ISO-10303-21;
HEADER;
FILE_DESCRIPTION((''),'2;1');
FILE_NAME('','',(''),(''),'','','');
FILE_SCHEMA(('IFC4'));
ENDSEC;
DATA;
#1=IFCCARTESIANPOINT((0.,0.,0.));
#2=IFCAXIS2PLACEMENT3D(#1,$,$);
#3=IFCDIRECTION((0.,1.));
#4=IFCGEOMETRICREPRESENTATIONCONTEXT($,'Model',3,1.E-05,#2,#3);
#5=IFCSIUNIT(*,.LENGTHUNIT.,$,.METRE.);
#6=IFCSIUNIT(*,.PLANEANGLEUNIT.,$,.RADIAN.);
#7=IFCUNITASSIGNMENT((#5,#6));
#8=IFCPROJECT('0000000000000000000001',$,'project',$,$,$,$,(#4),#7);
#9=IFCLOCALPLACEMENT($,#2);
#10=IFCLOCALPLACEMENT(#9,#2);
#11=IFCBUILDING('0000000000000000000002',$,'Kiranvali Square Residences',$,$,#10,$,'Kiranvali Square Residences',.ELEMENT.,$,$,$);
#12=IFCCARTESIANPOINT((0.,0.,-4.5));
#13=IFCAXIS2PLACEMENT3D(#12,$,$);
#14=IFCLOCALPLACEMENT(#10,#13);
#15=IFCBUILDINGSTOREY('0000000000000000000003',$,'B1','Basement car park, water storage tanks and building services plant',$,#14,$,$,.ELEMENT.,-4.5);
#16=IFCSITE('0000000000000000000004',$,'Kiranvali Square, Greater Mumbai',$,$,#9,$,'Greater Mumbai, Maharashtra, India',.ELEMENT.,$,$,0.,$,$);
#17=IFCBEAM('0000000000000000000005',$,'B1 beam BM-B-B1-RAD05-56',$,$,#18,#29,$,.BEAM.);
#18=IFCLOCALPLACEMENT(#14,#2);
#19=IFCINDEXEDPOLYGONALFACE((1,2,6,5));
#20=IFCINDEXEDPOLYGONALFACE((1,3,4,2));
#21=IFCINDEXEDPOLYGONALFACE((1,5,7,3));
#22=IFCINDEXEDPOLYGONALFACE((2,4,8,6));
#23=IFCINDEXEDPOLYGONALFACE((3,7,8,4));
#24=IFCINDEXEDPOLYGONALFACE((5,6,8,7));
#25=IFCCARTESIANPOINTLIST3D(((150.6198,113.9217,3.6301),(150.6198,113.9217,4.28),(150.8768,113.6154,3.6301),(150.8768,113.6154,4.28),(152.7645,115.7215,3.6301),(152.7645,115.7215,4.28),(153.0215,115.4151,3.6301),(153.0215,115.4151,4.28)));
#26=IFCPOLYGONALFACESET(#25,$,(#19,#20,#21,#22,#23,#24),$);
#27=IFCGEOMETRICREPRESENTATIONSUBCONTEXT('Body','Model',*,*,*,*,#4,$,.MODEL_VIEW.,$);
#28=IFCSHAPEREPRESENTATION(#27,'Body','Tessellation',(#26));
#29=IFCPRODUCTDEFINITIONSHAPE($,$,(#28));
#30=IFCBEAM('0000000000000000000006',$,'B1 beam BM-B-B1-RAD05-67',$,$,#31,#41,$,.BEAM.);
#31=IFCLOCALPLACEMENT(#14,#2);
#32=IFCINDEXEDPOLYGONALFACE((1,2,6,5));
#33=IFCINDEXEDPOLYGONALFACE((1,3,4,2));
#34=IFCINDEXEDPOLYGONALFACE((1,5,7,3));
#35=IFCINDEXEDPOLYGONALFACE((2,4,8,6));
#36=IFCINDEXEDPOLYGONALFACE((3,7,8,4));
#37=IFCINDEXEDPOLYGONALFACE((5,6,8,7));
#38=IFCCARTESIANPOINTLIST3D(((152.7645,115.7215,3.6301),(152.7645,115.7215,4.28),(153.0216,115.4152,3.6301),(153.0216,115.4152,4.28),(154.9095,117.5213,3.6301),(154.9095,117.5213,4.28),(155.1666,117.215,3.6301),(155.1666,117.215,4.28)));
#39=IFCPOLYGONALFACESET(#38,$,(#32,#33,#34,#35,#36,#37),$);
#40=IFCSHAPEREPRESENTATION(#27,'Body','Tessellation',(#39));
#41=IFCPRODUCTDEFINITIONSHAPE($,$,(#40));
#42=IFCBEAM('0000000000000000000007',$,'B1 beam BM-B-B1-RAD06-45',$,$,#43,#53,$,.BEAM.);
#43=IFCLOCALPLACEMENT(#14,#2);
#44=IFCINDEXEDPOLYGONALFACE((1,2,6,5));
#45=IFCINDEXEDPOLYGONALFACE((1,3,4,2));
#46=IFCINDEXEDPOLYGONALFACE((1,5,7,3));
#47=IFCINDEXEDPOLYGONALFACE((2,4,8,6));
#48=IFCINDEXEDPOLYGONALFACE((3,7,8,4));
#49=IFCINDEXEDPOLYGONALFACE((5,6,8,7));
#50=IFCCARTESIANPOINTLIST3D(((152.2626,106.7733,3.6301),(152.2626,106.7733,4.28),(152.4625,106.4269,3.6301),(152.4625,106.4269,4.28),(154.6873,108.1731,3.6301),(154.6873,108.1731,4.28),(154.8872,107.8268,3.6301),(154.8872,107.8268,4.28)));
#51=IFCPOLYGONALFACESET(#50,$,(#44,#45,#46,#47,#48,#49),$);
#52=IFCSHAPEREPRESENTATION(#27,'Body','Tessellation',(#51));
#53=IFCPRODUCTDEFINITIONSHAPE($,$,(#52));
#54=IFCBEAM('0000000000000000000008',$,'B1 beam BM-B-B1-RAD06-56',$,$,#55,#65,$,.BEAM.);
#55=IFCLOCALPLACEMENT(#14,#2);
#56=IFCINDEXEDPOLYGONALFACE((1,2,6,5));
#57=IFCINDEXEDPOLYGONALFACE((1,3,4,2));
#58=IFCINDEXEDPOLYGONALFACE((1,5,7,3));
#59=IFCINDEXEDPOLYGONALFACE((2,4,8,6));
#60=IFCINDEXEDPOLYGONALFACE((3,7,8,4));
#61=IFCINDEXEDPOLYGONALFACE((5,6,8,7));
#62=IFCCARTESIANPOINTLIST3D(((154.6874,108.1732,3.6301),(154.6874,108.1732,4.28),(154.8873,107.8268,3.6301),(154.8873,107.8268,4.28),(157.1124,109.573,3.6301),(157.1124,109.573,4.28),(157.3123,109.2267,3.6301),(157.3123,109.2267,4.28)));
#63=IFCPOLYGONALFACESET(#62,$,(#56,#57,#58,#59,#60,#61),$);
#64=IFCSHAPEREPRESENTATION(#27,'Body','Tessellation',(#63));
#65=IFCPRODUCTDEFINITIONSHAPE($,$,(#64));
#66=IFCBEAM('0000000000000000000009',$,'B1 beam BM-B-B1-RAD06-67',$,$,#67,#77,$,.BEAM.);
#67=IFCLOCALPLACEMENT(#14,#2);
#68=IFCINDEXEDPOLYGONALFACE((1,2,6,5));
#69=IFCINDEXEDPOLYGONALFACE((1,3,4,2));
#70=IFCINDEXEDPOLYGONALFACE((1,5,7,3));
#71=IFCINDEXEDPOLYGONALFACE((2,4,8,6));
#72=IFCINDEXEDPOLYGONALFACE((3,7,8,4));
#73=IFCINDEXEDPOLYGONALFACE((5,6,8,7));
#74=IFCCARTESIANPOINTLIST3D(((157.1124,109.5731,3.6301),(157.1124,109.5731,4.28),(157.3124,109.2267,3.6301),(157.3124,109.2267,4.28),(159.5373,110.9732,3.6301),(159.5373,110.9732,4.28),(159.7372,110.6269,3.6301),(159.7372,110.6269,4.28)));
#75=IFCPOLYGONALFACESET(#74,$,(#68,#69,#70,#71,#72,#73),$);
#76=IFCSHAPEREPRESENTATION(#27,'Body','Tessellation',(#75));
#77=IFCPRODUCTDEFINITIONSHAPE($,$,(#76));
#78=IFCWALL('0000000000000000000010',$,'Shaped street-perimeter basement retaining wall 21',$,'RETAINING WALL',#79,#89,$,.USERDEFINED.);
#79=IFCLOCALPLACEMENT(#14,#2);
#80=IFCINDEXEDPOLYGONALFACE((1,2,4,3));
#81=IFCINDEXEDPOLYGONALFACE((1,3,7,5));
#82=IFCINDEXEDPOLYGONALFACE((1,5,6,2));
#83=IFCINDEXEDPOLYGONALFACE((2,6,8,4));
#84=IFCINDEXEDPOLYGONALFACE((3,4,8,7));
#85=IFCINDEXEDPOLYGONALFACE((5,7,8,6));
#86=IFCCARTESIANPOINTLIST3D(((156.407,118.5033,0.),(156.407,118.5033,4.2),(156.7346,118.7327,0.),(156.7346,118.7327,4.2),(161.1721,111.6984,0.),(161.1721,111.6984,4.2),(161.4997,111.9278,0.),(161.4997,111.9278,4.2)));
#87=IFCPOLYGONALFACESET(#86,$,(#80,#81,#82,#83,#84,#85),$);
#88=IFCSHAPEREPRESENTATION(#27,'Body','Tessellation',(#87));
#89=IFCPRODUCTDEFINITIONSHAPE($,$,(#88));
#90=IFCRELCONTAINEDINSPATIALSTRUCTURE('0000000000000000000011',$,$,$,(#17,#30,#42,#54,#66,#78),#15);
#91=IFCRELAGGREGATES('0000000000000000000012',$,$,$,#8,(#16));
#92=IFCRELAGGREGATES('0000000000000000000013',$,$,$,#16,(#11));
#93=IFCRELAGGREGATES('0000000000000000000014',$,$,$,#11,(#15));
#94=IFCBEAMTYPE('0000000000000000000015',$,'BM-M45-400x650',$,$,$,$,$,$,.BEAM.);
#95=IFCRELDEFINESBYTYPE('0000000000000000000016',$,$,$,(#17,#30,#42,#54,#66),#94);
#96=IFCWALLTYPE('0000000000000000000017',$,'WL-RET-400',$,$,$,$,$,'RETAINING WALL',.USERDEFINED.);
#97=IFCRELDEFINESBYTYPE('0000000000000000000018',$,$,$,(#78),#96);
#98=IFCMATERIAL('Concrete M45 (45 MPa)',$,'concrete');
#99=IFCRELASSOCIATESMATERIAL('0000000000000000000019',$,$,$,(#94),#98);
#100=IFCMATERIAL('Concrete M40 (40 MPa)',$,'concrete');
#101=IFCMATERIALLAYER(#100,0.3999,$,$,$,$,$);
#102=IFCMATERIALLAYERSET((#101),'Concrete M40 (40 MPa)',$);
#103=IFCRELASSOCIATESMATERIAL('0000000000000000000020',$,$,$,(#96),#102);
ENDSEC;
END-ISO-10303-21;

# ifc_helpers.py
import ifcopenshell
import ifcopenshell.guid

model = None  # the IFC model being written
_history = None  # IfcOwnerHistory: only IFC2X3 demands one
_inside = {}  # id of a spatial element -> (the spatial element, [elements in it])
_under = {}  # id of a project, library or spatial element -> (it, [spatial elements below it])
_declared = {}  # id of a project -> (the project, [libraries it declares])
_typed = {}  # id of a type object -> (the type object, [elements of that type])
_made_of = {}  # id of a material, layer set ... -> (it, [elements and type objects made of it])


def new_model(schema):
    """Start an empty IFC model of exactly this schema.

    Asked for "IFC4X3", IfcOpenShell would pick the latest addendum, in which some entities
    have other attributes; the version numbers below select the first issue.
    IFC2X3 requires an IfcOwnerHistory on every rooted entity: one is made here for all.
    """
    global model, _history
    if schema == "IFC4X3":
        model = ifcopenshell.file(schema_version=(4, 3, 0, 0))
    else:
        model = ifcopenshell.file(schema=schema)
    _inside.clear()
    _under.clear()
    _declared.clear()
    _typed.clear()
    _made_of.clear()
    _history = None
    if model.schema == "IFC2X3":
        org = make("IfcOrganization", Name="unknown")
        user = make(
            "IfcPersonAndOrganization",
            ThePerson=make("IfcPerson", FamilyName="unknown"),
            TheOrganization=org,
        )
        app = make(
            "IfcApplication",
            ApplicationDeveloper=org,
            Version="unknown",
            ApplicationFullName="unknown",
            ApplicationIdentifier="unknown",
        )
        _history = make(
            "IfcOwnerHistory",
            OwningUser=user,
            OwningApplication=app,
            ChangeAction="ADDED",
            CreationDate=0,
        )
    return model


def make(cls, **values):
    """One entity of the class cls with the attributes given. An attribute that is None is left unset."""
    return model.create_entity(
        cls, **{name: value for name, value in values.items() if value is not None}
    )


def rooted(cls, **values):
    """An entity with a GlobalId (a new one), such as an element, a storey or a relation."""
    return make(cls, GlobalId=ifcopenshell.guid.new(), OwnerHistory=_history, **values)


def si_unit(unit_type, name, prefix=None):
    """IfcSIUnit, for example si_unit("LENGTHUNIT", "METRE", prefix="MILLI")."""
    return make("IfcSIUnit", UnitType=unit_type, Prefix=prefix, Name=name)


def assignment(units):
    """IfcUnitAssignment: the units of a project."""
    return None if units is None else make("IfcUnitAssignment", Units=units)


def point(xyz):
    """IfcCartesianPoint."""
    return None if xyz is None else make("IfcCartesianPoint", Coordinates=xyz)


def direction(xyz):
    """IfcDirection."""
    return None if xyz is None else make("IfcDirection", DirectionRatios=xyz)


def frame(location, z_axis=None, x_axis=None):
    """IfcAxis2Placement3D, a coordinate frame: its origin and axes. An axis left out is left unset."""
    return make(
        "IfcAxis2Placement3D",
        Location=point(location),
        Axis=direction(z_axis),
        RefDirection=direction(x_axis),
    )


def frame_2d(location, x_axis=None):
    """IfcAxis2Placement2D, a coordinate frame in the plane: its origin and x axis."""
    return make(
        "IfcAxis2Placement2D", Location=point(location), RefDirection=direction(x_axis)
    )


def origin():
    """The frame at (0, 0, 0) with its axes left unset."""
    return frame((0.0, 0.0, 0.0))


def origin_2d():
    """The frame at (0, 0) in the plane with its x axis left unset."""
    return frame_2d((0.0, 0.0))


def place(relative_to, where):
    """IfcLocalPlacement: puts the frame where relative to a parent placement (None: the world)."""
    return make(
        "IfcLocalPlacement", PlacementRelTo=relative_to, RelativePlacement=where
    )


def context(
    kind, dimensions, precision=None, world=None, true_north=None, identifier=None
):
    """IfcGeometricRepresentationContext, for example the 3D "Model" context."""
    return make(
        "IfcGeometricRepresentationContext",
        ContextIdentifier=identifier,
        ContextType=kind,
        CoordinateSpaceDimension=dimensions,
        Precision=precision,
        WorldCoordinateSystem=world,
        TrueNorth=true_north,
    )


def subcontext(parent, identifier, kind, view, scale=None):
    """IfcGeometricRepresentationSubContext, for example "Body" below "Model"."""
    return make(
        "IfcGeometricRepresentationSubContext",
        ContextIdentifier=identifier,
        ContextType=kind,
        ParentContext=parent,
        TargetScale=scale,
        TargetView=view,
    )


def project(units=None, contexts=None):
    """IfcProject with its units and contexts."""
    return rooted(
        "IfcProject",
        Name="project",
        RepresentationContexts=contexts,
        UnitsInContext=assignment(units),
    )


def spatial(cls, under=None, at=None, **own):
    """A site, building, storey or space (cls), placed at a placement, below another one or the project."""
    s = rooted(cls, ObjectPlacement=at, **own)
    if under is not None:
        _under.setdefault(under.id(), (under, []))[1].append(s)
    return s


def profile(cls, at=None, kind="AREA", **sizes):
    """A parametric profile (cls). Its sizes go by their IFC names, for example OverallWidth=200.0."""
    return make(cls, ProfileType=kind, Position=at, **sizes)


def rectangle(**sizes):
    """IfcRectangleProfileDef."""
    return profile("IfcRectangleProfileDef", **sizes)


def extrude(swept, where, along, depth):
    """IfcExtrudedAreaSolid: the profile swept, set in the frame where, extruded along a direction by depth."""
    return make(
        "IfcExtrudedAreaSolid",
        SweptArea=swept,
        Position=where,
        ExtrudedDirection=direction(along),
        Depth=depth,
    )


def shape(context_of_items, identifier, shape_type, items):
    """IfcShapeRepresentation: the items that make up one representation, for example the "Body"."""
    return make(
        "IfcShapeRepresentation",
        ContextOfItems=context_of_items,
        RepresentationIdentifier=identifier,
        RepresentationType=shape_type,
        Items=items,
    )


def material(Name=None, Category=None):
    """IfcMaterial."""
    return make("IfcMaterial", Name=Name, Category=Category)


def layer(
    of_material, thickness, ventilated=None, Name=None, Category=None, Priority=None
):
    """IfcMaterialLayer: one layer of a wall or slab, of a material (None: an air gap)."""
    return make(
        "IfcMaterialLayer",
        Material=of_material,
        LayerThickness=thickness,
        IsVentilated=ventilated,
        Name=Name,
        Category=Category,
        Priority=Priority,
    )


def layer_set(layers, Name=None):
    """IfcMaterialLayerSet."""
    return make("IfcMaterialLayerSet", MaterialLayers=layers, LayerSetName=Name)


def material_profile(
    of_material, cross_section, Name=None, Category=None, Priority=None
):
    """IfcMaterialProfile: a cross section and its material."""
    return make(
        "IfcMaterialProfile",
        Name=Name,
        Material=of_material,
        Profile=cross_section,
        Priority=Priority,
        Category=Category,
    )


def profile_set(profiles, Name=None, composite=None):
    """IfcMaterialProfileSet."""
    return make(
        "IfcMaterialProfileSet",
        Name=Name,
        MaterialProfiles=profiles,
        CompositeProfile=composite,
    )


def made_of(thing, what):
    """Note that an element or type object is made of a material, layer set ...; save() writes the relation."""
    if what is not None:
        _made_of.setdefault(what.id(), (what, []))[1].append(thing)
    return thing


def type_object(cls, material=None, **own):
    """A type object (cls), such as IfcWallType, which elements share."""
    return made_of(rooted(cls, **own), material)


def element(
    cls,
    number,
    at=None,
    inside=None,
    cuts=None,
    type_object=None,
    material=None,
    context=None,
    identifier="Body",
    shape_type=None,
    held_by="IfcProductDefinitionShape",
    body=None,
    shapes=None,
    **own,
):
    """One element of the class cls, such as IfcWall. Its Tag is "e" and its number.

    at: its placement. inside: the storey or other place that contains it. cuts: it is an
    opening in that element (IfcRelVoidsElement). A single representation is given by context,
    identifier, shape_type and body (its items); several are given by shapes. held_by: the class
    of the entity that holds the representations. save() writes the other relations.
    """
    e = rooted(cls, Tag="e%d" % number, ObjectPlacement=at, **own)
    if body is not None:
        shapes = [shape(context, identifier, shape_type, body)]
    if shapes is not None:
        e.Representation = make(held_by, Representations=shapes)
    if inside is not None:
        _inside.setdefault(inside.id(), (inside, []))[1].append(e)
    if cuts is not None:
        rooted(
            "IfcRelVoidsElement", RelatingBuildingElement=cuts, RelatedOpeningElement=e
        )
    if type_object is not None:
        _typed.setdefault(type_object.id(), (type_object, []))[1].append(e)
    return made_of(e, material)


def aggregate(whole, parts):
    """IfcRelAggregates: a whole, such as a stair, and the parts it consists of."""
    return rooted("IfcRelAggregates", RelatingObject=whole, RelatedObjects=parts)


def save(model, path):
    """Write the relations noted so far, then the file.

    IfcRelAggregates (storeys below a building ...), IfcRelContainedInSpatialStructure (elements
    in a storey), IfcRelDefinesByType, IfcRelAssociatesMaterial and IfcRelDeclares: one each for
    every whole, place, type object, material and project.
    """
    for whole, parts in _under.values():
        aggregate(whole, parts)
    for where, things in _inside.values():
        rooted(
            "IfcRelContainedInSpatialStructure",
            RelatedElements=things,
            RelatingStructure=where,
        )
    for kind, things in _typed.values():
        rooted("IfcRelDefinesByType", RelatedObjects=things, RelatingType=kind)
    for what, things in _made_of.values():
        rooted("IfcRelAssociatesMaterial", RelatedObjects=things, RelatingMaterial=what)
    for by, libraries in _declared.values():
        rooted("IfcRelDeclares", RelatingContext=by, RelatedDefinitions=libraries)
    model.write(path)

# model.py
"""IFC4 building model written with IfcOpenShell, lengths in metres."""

from ifc_helpers import new_model, si_unit, direction, frame, frame_2d, origin, origin_2d, place, context, subcontext, project, spatial, rectangle, extrude, material, layer, layer_set, material_profile, profile_set, type_object, element, save


model = new_model("IFC4")

# Units and contexts
model_context = context("Model", 3, precision=1e-05, world=origin(), true_north=direction((0.0, 1.0)))
body_context = subcontext(model_context, "Body", "Model", "MODEL_VIEW")
ifc_project = project(units=[si_unit("LENGTHUNIT", "METRE"), si_unit("PLANEANGLEUNIT", "RADIAN")], contexts=[model_context])

# Site, building, storey
site_placement = place(None, origin())
site = spatial("IfcSite", under=ifc_project, at=site_placement, Name="Kiranvali Square, Greater Mumbai", LongName="Greater Mumbai, Maharashtra, India", CompositionType="ELEMENT", RefElevation=0.0)
building_placement = place(site_placement, origin())
building = spatial("IfcBuilding", under=site, at=building_placement, Name="Kiranvali Square Residences", LongName="Kiranvali Square Residences", CompositionType="ELEMENT")
storey_placement = place(building_placement, frame((0.0, 0.0, -4.5)))
storey = spatial("IfcBuildingStorey", under=building, at=storey_placement, Name="B1", Description="Basement car park, water storage tanks and building services plant", CompositionType="ELEMENT", Elevation=-4.5)

# Shared definitions
ifc_material_1 = material(Name="Concrete M40 (40 MPa)", Category="concrete")

# Beams
ifc_material_2 = material(Name="Concrete M45 (45 MPa)", Category="concrete")
ifc_material_profile_1 = material_profile(ifc_material_2, rectangle(XDim=0.3999, YDim=0.6499, at=origin_2d()), Name="RC 400x650")
ifc_profile_set_1 = profile_set([ifc_material_profile_1], Name="Concrete M45 (45 MPa)")
beam_type = type_object("IfcBeamType", Name="BM-M45-400x650", PredefinedType="BEAM", material=ifc_profile_set_1)
beam_1_placement = place(storey_placement, frame((150.7483, 113.7686, 3.9551), z_axis=(0.766023, 0.642814, 0.0), x_axis=(-0.642814, 0.766023, 0.0)))
element("IfcBeam", 1, at=beam_1_placement, inside=storey, type_object=beam_type, Name="B1 beam BM-B-B1-RAD05-56", PredefinedType="BEAM", context=body_context, shape_type="SweptSolid", body=[
    extrude(rectangle(XDim=0.3999, YDim=0.6499, at=origin_2d()), origin(), (0.0, 0.0, 1.0), 2.7998),
])
beam_2_placement = place(storey_placement, frame((152.8931, 115.5684, 3.9551), z_axis=(0.766059, 0.642771, 0.0), x_axis=(-0.642771, 0.766059, 0.0)))
element("IfcBeam", 2, at=beam_2_placement, inside=storey, type_object=beam_type, Name="B1 beam BM-B-B1-RAD05-67", PredefinedType="BEAM", context=body_context, shape_type="SweptSolid", body=[
    extrude(rectangle(XDim=0.3999, YDim=0.6499, at=origin_2d()), origin(), (0.0, 0.0, 1.0), 2.8),
])
beam_3_placement = place(storey_placement, frame((152.3625, 106.6001, 3.9551), z_axis=(0.866035, 0.499984, 0.0), x_axis=(-0.499984, 0.866035, 0.0)))
element("IfcBeam", 3, at=beam_3_placement, inside=storey, type_object=beam_type, Name="B1 beam BM-B-B1-RAD06-45", PredefinedType="BEAM", context=body_context, shape_type="SweptSolid", body=[
    extrude(rectangle(XDim=0.3999, YDim=0.6499, at=origin_2d()), origin(), (0.0, 0.0, 1.0), 2.7998),
])
for number, where, z_axis, x_axis, name in (
    (4, (154.7874, 108.0, 3.9551), (0.866056, 0.499946, 0.0), (-0.499946, 0.866056, 0.0), "B1 beam BM-B-B1-RAD06-56"),
    (5, (157.2124, 109.3999, 3.9551), (0.865997, 0.50005, 0.0), (-0.50005, 0.865997, 0.0), "B1 beam BM-B-B1-RAD06-67"),
):
    element("IfcBeam", number, at=place(storey_placement, frame(where, z_axis=z_axis, x_axis=x_axis)), inside=storey, type_object=beam_type, Name=name, PredefinedType="BEAM", context=body_context, shape_type="SweptSolid", body=[
        extrude(rectangle(XDim=0.3999, YDim=0.6499, at=origin_2d()), origin(), (0.0, 0.0, 1.0), 2.8),
    ])

# Wall
ifc_layer = layer(ifc_material_1, 0.3999)
ifc_layer_set = layer_set([ifc_layer], Name="Concrete M40 (40 MPa)")
wall_type = type_object("IfcWallType", Name="WL-RET-400", ElementType="RETAINING WALL", PredefinedType="USERDEFINED", material=ifc_layer_set)
wall_placement = place(storey_placement, frame((161.3359, 111.813, 0.0), z_axis=(0.0, 0.0, 1.0), x_axis=(-0.573598, 0.819137, 0.0)))
element("IfcWall", 6, at=wall_placement, inside=storey, type_object=wall_type, Name="Shaped street-perimeter basement retaining wall 21", ObjectType="RETAINING WALL", PredefinedType="USERDEFINED", context=body_context, shape_type="SweptSolid", body=[
    extrude(rectangle(XDim=8.3074, YDim=0.3999, at=frame_2d((4.1538, 0.0))), origin(), (0.0, 0.0, 1.0), 4.2),
])

save(model, "model.ifc")
